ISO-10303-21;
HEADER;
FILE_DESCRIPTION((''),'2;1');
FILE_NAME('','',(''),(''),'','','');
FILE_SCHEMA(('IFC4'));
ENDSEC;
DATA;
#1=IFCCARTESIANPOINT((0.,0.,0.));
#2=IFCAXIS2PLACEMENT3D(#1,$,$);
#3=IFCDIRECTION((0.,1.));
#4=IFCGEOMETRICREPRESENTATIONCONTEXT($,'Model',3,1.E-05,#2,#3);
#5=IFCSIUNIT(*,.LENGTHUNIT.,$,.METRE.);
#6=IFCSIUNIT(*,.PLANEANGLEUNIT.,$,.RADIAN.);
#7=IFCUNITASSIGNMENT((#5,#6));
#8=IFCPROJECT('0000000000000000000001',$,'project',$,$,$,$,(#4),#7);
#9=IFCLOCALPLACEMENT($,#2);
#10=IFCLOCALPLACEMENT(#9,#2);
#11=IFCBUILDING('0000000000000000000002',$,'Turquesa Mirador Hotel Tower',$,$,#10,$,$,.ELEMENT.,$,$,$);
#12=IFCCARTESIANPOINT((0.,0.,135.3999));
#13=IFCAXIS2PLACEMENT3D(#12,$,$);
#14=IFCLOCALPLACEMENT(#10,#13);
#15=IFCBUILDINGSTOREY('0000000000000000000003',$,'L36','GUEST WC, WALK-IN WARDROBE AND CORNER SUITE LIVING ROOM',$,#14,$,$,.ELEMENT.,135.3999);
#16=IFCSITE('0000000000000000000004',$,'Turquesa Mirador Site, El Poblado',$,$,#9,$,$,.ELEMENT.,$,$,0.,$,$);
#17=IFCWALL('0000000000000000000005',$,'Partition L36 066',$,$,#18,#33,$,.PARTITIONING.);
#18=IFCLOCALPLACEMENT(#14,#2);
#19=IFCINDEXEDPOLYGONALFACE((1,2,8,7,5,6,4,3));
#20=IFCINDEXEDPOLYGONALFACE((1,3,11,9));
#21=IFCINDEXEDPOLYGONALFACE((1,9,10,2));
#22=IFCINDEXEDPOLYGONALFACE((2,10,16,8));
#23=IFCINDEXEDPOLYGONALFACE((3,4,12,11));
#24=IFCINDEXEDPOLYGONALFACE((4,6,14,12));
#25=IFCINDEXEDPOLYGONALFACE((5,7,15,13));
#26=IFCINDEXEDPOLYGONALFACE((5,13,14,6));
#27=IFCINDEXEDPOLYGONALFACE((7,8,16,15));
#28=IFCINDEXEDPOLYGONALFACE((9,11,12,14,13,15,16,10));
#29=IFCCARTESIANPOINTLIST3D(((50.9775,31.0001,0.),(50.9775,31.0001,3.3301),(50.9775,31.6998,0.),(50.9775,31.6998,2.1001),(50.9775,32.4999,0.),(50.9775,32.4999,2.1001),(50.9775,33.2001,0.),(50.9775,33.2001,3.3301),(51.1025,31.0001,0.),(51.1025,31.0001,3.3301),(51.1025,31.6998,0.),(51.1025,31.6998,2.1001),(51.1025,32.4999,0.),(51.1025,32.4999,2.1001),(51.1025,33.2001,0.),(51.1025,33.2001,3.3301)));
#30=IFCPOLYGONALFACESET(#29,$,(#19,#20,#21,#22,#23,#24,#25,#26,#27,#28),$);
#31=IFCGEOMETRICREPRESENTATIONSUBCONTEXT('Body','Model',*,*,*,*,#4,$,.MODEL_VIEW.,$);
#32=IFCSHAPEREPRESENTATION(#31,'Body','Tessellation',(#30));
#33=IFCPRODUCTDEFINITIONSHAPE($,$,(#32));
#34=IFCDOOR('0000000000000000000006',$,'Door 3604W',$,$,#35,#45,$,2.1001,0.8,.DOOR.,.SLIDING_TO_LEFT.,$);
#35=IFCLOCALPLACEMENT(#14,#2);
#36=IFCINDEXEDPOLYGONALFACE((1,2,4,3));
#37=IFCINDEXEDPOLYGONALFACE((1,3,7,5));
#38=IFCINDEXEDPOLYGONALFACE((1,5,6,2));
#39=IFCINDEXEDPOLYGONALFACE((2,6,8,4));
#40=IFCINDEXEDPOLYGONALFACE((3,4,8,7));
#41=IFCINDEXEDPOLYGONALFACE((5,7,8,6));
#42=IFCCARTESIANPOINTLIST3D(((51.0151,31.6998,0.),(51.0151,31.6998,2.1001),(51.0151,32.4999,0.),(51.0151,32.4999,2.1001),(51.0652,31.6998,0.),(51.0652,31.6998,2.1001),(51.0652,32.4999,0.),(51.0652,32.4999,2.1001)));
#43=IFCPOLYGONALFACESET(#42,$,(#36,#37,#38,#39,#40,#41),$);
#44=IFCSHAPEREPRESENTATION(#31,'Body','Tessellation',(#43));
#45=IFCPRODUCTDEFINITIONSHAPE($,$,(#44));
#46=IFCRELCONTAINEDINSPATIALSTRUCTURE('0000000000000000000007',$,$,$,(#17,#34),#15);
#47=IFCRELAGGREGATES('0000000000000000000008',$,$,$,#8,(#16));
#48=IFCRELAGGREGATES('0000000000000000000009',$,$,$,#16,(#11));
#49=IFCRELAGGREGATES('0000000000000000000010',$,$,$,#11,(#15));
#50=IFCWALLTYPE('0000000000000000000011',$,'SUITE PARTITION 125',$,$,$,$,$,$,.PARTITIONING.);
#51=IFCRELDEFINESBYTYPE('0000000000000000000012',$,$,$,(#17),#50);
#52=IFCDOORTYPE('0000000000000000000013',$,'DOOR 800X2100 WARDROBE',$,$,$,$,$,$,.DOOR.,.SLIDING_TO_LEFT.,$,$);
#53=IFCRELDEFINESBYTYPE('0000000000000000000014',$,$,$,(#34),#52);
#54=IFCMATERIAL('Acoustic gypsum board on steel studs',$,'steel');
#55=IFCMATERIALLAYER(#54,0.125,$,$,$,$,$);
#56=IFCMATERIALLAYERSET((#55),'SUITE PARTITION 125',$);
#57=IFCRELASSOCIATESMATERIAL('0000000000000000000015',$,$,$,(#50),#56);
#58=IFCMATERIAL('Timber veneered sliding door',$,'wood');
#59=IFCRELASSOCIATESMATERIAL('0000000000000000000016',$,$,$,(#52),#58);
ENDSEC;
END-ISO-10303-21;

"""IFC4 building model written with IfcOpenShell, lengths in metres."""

from ifc_helpers import new_model, si_unit, direction, frame, frame_2d, origin, place, context, subcontext, project, spatial, rectangle, extrude, material, layer, layer_set, type_object, element, fill, save


model = new_model("IFC4")

# Units and contexts
model_context = context("Model", 3, precision=1e-05, world=origin(), true_north=direction((0.0, 1.0)))
body_context = subcontext(model_context, "Body", "Model", "MODEL_VIEW")
ifc_project = project(units=[si_unit("LENGTHUNIT", "METRE"), si_unit("PLANEANGLEUNIT", "RADIAN")], contexts=[model_context])

# Site, building, storey
site_placement = place(None, origin())
site = spatial("IfcSite", under=ifc_project, at=site_placement, Name="Turquesa Mirador Site, El Poblado", CompositionType="ELEMENT", RefElevation=0.0)
building_placement = place(site_placement, origin())
building = spatial("IfcBuilding", under=site, at=building_placement, Name="Turquesa Mirador Hotel Tower", CompositionType="ELEMENT")
storey_placement = place(building_placement, frame((0.0, 0.0, 135.3999)))
storey = spatial("IfcBuildingStorey", under=building, at=storey_placement, Name="L36", Description="GUEST WC, WALK-IN WARDROBE AND CORNER SUITE LIVING ROOM", CompositionType="ELEMENT", Elevation=135.3999)

# Shared definitions
ifc_material_1 = material(Name="Acoustic gypsum board on steel studs", Category="steel")
ifc_layer_1 = layer(ifc_material_1, 0.125)
ifc_layer_set_1 = layer_set([ifc_layer_1], Name="SUITE PARTITION 125")
wall_type_1 = type_object("IfcWallType", Name="SUITE PARTITION 125", PredefinedType="PARTITIONING", material=ifc_layer_set_1)

# Wall, opening, door
wall_1_placement = place(storey_placement, frame((51.04, 31.0, 0.0), z_axis=(0.0, 0.0, 1.0), x_axis=(0.0, 1.0, 0.0)))
wall_1 = element("IfcWall", 1, at=wall_1_placement, inside=storey, type_object=wall_type_1, Name="Partition L36 066", PredefinedType="PARTITIONING", context=body_context, shape_type="SweptSolid", body=[
    extrude(rectangle(XDim=2.2, YDim=0.125, at=frame_2d((1.1001, 0.0))), origin(), (0.0, 0.0, 1.0), 3.3301),
])
opening_1_placement = place(wall_1_placement, frame((0.7, 0.0, 0.0)))
opening_1 = element("IfcOpeningElement", 2, at=opening_1_placement, cuts=wall_1, PredefinedType="OPENING", context=body_context, shape_type="SweptSolid", body=[
    extrude(rectangle(XDim=0.8, YDim=2.1001, at=frame_2d((0.3999, 1.05))), frame((0.0, 0.0725, 0.0), z_axis=(0.0, -1.0, 0.0), x_axis=(1.0, 0.0, 0.0)), (0.0, 0.0, 1.0), 0.145),
])
ifc_material_2 = material(Name="Timber veneered sliding door", Category="wood")
door_type_1 = type_object("IfcDoorType", Name="DOOR 800X2100 WARDROBE", OperationType="SLIDING_TO_LEFT", PredefinedType="DOOR", material=ifc_material_2)
door_1_placement = place(opening_1_placement, origin())
door_1 = element("IfcDoor", 3, at=door_1_placement, inside=storey, type_object=door_type_1, Name="Door 3604W", OperationType="SLIDING_TO_LEFT", OverallHeight=2.1001, OverallWidth=0.8, PredefinedType="DOOR", context=body_context, shape_type="SweptSolid", body=[
    extrude(rectangle(XDim=0.8, YDim=2.1001, at=frame_2d((0.3999, 1.05))), frame((0.0, 0.0249, 0.0), z_axis=(0.0, -1.0, 0.0), x_axis=(1.0, 0.0, 0.0)), (0.0, 0.0, 1.0), 0.05),
])
fill(opening_1, door_1)

save(model, "model.ifc")
